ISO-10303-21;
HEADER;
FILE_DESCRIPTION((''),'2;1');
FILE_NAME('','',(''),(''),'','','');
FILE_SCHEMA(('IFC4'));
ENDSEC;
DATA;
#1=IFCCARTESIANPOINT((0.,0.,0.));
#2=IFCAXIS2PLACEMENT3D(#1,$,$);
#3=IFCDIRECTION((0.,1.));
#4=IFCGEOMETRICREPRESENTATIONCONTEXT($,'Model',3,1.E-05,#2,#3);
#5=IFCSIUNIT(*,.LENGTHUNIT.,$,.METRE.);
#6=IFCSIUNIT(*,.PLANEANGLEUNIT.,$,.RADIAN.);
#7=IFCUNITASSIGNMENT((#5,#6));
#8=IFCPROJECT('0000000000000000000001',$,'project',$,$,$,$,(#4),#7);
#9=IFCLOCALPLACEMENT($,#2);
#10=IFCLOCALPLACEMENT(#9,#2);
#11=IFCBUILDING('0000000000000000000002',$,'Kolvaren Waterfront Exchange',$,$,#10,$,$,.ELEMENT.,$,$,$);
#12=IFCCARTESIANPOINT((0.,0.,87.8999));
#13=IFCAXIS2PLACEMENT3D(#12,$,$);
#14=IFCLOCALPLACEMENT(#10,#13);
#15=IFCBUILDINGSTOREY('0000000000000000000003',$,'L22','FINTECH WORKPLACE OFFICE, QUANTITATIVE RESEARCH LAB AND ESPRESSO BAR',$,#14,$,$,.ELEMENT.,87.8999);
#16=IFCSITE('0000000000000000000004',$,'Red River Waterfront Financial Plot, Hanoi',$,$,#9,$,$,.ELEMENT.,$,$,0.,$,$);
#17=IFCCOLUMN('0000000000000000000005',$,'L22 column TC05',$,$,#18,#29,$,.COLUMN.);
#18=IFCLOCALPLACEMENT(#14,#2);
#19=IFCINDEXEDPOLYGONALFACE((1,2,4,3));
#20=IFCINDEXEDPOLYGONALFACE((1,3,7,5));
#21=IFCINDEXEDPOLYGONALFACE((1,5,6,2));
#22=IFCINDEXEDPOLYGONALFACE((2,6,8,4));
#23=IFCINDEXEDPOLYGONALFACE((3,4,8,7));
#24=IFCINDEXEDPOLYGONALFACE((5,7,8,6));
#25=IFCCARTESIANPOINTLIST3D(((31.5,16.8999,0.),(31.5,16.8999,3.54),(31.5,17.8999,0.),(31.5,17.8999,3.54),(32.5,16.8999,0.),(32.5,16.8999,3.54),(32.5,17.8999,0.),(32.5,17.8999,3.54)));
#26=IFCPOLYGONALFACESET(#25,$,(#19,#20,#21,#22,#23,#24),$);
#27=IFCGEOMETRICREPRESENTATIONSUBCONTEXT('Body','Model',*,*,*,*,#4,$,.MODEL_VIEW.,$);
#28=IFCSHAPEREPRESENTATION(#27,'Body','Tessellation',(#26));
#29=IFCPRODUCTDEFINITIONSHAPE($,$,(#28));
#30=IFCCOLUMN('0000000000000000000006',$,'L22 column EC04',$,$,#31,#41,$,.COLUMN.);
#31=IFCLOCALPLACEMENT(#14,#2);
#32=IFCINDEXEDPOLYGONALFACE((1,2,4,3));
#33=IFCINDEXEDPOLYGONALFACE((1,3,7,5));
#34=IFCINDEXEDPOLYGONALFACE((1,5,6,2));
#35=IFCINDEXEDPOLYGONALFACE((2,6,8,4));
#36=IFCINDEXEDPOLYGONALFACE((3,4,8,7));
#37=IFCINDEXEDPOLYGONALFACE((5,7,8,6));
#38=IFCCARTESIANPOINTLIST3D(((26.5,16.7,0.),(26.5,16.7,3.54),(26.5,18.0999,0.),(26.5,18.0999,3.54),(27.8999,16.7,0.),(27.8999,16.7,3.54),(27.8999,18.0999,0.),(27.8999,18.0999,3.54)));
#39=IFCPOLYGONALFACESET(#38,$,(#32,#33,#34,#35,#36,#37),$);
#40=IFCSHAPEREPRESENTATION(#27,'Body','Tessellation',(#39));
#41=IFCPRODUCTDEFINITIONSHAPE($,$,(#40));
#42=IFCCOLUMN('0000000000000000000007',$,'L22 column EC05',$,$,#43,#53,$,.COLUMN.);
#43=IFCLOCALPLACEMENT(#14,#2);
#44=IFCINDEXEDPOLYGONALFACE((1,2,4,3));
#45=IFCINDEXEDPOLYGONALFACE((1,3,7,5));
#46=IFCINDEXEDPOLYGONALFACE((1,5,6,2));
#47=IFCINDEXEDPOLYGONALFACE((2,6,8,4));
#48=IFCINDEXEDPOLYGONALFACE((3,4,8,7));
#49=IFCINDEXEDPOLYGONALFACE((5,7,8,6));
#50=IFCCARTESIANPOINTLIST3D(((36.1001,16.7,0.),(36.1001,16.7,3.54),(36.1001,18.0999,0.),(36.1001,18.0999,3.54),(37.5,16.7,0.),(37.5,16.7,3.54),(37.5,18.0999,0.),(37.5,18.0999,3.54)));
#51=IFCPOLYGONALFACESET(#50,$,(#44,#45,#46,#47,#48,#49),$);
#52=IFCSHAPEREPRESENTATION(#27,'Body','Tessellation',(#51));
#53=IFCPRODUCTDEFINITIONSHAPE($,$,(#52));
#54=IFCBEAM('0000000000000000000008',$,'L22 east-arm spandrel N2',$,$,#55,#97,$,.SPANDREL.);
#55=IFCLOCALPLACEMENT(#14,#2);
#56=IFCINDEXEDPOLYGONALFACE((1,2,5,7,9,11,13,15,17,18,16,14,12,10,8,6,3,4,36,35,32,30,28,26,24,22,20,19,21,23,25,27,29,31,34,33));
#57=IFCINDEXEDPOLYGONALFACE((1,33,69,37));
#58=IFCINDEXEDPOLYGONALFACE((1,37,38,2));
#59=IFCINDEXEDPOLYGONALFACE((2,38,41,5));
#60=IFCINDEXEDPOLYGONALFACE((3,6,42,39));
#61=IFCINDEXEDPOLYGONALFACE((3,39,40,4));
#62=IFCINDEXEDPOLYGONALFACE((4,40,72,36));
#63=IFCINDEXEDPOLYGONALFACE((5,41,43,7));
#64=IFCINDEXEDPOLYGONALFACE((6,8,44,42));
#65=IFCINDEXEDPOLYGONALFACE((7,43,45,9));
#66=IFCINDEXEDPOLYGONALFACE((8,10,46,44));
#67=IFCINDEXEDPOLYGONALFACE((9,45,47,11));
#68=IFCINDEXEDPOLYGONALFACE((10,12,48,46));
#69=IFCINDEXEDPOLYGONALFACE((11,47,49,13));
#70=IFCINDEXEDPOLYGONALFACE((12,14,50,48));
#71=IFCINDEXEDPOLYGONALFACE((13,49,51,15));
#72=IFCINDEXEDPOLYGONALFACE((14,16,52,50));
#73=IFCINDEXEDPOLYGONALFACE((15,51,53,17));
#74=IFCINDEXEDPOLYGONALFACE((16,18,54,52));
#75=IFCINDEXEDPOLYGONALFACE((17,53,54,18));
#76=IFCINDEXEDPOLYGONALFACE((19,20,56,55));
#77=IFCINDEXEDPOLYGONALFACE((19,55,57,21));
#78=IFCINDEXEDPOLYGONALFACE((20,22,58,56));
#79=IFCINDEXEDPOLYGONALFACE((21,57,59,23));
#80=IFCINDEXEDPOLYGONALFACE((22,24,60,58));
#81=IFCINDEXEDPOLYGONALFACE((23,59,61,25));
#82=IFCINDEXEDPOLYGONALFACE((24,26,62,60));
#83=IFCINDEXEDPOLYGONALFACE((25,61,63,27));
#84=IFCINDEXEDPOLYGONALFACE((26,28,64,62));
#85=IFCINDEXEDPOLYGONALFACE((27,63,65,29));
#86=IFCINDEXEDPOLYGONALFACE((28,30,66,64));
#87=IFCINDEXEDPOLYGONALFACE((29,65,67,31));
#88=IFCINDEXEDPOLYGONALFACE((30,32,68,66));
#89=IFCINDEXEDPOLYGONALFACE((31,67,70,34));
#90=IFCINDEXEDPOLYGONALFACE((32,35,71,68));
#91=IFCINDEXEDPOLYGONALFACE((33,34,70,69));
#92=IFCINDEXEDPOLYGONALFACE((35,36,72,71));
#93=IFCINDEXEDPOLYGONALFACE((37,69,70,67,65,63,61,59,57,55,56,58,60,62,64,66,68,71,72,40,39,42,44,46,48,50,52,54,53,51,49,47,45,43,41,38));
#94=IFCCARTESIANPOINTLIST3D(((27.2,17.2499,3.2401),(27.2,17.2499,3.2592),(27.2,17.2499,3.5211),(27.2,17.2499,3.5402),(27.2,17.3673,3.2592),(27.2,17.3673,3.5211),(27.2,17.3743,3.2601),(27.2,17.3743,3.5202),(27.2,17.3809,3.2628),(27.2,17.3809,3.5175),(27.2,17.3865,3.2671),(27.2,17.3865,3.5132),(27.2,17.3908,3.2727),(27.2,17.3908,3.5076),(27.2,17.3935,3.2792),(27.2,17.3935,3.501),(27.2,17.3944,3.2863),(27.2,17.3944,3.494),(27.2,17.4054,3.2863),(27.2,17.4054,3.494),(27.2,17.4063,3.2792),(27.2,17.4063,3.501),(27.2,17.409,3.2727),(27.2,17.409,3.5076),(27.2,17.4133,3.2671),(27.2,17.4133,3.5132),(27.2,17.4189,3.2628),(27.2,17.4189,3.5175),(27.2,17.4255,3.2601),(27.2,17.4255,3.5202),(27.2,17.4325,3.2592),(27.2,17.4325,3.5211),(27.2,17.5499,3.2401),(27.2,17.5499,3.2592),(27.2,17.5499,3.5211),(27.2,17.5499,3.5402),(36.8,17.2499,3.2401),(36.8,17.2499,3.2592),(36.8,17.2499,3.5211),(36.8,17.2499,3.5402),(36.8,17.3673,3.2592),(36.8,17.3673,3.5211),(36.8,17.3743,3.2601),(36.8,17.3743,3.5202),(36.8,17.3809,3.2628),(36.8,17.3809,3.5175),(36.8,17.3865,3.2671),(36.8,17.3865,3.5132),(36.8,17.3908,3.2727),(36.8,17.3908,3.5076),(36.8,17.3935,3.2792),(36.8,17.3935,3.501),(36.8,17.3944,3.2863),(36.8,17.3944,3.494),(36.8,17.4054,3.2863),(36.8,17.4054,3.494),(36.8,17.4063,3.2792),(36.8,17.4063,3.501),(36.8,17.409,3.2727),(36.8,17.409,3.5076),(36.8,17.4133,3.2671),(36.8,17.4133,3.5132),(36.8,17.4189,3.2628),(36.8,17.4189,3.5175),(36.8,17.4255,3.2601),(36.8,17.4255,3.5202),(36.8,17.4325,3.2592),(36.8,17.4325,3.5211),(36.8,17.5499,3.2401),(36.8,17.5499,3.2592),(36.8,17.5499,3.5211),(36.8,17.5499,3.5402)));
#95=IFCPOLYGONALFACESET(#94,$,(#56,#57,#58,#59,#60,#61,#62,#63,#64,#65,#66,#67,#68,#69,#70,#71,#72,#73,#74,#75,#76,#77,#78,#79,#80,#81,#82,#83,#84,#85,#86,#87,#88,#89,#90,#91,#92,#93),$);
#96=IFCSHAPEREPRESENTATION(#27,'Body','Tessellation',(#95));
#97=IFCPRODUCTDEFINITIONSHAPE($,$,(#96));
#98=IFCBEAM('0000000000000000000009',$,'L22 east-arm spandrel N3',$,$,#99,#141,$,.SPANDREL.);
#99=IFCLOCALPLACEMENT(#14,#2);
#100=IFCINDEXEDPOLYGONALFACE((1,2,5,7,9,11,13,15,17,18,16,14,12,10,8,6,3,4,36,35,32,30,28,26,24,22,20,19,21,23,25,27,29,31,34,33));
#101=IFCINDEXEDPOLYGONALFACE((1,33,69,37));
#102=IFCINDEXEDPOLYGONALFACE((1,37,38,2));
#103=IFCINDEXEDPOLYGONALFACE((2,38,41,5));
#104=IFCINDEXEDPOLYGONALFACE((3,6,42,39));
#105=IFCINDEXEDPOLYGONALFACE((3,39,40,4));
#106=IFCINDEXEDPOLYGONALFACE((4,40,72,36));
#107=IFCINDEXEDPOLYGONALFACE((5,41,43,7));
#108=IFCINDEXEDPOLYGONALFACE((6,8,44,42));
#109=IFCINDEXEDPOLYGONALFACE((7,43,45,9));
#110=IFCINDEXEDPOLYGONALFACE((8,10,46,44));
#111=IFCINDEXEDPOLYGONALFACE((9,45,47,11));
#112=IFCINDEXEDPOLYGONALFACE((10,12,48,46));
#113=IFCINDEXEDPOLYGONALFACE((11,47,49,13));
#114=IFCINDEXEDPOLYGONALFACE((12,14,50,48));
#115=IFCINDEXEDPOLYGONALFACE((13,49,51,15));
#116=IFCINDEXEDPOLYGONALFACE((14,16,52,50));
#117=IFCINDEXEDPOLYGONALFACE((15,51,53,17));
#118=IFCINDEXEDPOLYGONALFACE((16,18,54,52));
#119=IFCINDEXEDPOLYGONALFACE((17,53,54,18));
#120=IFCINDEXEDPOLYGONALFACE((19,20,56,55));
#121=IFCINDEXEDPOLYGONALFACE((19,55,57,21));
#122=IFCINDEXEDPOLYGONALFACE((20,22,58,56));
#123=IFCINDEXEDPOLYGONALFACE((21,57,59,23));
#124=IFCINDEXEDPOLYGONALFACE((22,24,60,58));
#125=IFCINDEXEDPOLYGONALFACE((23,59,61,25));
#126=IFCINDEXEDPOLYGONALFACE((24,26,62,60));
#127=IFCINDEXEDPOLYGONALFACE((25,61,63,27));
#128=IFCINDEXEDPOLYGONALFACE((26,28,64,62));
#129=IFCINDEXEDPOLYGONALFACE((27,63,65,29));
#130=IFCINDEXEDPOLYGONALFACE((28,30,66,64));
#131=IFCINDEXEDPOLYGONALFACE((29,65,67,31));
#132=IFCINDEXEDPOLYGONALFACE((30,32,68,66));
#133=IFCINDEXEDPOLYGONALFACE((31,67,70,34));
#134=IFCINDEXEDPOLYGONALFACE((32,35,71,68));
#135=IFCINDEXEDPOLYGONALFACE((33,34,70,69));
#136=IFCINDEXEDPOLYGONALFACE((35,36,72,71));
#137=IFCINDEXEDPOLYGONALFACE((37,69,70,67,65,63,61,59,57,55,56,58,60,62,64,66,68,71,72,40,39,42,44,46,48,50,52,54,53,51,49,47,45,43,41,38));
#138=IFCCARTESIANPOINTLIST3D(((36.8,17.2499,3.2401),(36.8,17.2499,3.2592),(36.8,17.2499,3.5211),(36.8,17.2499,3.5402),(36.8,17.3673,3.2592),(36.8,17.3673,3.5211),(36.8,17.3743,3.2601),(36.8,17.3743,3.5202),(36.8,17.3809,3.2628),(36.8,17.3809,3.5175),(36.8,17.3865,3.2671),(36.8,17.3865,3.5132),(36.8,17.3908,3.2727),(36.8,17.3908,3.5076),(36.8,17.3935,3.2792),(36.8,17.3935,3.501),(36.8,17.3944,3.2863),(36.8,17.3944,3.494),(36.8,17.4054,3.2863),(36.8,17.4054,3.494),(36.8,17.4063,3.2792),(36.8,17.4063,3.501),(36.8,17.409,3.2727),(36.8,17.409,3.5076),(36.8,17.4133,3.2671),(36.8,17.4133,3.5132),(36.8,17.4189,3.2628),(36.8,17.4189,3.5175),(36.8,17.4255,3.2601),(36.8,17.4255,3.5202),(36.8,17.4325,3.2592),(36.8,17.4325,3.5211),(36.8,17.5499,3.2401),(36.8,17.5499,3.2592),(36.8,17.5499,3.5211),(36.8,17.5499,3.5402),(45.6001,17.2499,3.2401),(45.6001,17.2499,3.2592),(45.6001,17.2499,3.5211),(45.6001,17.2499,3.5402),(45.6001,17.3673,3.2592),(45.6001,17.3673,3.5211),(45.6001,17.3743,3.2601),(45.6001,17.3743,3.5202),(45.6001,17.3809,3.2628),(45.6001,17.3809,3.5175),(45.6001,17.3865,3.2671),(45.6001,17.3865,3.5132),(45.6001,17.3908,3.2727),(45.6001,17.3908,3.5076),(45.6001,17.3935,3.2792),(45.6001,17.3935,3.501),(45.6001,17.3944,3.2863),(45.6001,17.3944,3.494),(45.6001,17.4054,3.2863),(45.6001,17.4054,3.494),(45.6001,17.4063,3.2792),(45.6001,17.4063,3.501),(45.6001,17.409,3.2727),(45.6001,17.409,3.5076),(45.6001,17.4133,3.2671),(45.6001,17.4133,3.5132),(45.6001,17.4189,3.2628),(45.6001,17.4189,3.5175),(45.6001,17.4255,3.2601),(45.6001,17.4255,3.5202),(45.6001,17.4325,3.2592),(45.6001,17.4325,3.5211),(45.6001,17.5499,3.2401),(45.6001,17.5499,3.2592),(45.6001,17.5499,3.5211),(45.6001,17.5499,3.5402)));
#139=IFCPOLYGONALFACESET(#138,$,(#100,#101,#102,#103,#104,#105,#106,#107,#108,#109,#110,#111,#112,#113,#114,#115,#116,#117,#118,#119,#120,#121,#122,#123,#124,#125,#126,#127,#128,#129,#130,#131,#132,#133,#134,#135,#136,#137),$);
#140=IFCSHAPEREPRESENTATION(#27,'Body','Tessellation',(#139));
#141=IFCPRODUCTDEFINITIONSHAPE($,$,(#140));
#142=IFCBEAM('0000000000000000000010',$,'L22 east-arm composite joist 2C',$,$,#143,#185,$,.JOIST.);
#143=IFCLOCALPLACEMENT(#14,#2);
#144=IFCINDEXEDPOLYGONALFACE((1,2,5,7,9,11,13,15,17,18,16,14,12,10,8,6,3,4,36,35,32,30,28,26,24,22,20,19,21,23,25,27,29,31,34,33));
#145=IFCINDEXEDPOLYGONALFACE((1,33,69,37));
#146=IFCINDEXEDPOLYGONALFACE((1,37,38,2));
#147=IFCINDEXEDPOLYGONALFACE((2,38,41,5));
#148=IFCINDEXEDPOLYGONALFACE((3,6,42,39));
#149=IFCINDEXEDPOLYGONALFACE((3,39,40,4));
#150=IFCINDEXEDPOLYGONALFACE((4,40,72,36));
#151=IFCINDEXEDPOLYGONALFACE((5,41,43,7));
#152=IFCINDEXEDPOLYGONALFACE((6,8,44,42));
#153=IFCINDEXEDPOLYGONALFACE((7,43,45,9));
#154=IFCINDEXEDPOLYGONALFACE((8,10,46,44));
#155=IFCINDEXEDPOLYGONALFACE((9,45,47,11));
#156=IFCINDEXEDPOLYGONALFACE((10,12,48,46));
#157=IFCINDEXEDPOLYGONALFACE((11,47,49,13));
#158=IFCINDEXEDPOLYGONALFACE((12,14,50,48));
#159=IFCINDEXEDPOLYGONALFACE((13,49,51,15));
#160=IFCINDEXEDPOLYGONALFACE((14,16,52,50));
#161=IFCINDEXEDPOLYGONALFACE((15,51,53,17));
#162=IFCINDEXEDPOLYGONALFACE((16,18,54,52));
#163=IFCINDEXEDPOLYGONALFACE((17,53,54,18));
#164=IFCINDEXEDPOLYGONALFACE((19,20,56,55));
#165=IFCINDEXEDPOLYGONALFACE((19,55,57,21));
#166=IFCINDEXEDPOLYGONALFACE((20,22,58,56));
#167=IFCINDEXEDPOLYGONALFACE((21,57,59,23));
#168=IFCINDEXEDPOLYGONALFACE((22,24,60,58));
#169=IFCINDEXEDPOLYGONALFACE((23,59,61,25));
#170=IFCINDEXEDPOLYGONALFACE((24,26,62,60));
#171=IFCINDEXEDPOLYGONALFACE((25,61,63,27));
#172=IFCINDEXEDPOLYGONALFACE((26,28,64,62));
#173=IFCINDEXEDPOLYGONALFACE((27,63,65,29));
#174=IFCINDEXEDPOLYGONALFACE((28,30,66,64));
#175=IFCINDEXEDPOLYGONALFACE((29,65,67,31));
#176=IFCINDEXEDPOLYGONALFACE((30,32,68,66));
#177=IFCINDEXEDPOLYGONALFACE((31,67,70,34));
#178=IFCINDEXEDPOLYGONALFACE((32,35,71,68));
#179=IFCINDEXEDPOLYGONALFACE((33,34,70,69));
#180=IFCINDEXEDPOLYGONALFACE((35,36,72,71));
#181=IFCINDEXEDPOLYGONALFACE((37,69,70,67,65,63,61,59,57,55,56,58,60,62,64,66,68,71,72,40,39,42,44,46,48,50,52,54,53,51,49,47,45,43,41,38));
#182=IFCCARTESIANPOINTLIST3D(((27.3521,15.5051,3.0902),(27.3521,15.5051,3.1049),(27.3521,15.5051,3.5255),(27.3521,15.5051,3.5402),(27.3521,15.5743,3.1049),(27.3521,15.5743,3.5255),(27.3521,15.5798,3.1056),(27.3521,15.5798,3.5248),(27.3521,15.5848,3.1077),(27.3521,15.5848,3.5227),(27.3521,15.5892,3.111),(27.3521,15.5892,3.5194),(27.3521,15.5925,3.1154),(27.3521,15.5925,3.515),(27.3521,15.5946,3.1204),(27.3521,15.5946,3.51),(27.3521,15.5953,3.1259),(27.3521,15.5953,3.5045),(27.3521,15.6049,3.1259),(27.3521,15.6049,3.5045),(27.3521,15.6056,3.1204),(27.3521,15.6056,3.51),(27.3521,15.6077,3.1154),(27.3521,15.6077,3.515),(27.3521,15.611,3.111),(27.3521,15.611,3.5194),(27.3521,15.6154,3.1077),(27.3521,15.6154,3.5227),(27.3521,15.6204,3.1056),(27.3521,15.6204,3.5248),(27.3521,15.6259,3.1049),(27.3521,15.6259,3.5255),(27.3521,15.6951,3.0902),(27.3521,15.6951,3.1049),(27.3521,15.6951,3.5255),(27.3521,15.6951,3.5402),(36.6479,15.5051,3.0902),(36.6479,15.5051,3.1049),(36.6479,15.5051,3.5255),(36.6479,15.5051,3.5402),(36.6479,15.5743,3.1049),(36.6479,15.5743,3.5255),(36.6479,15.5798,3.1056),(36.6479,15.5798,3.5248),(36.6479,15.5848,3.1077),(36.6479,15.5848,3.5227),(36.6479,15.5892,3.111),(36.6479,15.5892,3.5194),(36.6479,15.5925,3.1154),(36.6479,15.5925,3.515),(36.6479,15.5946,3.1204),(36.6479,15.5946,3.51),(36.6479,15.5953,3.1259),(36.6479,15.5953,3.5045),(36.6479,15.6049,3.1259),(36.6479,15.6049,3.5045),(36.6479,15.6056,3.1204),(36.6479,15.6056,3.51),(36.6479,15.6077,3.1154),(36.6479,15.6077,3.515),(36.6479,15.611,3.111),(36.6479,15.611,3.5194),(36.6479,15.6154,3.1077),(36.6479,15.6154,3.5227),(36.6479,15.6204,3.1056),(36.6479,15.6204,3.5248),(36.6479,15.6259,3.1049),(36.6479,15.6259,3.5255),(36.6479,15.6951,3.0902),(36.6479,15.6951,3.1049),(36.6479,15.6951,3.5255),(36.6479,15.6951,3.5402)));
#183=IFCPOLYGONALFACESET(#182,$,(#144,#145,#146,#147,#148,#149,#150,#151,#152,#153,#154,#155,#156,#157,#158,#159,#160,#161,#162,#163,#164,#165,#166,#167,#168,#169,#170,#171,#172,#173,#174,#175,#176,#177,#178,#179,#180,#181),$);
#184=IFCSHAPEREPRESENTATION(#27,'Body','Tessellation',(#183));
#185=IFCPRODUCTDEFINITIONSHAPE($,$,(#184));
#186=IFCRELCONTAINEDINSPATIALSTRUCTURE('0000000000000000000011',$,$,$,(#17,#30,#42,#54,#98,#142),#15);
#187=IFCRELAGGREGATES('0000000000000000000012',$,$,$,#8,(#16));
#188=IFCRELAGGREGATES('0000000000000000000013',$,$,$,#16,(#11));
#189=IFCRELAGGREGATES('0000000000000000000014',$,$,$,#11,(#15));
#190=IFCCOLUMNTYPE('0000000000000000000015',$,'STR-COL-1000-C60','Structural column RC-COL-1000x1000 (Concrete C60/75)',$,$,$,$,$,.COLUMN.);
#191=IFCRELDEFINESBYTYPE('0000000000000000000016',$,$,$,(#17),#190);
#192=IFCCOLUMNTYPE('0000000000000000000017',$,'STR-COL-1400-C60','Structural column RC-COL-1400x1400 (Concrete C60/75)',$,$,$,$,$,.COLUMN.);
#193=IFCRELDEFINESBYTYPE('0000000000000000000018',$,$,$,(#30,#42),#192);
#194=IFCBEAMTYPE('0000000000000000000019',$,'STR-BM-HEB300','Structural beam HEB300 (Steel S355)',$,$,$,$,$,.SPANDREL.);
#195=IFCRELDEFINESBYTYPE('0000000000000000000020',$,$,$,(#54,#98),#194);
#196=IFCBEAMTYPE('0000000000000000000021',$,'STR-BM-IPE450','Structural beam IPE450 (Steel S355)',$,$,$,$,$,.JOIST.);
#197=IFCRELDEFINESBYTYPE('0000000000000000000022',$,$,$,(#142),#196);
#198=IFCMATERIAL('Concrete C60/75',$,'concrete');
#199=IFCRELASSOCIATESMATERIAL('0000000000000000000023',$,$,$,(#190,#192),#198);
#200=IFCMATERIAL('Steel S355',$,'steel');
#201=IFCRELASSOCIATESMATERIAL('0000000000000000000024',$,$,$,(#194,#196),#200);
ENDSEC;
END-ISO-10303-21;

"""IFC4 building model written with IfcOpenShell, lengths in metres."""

from ifc_helpers import new_model, si_unit, direction, frame, origin, origin_2d, place, context, subcontext, project, spatial, rectangle, i_section, extrude, material, material_profile, profile_set, type_object, element, save


model = new_model("IFC4")

# Units and contexts
model_context = context("Model", 3, precision=1e-05, world=origin(), true_north=direction((0.0, 1.0)))
body_context = subcontext(model_context, "Body", "Model", "MODEL_VIEW")
ifc_project = project(units=[si_unit("LENGTHUNIT", "METRE"), si_unit("PLANEANGLEUNIT", "RADIAN")], contexts=[model_context])

# Site, building, storey
site_placement = place(None, origin())
site = spatial("IfcSite", under=ifc_project, at=site_placement, Name="Red River Waterfront Financial Plot, Hanoi", CompositionType="ELEMENT", RefElevation=0.0)
building_placement = place(site_placement, origin())
building = spatial("IfcBuilding", under=site, at=building_placement, Name="Kolvaren Waterfront Exchange", CompositionType="ELEMENT")
storey_placement = place(building_placement, frame((0.0, 0.0, 87.8999)))
storey = spatial("IfcBuildingStorey", under=building, at=storey_placement, Name="L22", Description="FINTECH WORKPLACE OFFICE, QUANTITATIVE RESEARCH LAB AND ESPRESSO BAR", CompositionType="ELEMENT", Elevation=87.8999)

# Columns
ifc_material_1 = material(Name="Concrete C60/75", Category="concrete")
ifc_material_profile_1 = material_profile(ifc_material_1, rectangle(XDim=1.0, YDim=1.0, at=origin_2d()), Name="RC-COL-1000x1000")
ifc_profile_set_1 = profile_set([ifc_material_profile_1], Name="Concrete C60/75")
column_type_1 = type_object("IfcColumnType", Name="STR-COL-1000-C60", Description="Structural column RC-COL-1000x1000 (Concrete C60/75)", PredefinedType="COLUMN", material=ifc_profile_set_1)
column_placement = place(storey_placement, frame((32.0, 17.3999, 0.0), z_axis=(0.0, 0.0, 1.0), x_axis=(1.0, 0.0, 0.0)))
element("IfcColumn", 1, at=column_placement, inside=storey, type_object=column_type_1, Name="L22 column TC05", PredefinedType="COLUMN", context=body_context, shape_type="SweptSolid", body=[
    extrude(rectangle(XDim=1.0, YDim=1.0, at=origin_2d()), origin(), (0.0, 0.0, 1.0), 3.54),
])
ifc_material_profile_2 = material_profile(ifc_material_1, rectangle(XDim=1.3999, YDim=1.3999, at=origin_2d()), Name="RC-COL-1400x1400")
ifc_profile_set_2 = profile_set([ifc_material_profile_2], Name="Concrete C60/75")
column_type_2 = type_object("IfcColumnType", Name="STR-COL-1400-C60", Description="Structural column RC-COL-1400x1400 (Concrete C60/75)", PredefinedType="COLUMN", material=ifc_profile_set_2)
for number, where, z_axis, x_axis, name in (
    (2, (27.2, 17.3999, 0.0), (0.0, 0.0, 1.0), (1.0, 0.0, 0.0), "L22 column EC04"),
    (3, (36.8, 17.3999, 0.0), (0.0, 0.0, 1.0), (1.0, 0.0, 0.0), "L22 column EC05"),
):
    element("IfcColumn", number, at=place(storey_placement, frame(where, z_axis=z_axis, x_axis=x_axis)), inside=storey, type_object=column_type_2, Name=name, PredefinedType="COLUMN", context=body_context, shape_type="SweptSolid", body=[
        extrude(rectangle(XDim=1.3999, YDim=1.3999, at=origin_2d()), origin(), (0.0, 0.0, 1.0), 3.54),
    ])

# Beams
ifc_material_2 = material(Name="Steel S355", Category="steel")
ifc_material_profile_3 = material_profile(ifc_material_2, i_section(OverallWidth=0.3, OverallDepth=0.3, WebThickness=0.011, FlangeThickness=0.019, FilletRadius=0.0271, at=origin_2d()), Name="HEB300")
ifc_profile_set_3 = profile_set([ifc_material_profile_3], Name="Steel S355")
beam_type_1 = type_object("IfcBeamType", Name="STR-BM-HEB300", Description="Structural beam HEB300 (Steel S355)", PredefinedType="SPANDREL", material=ifc_profile_set_3)
beam_1_placement = place(storey_placement, frame((27.2, 17.3999, 3.3901), z_axis=(1.0, 0.0, 0.0), x_axis=(0.0, 1.0, 0.0)))
element("IfcBeam", 4, at=beam_1_placement, inside=storey, type_object=beam_type_1, Name="L22 east-arm spandrel N2", PredefinedType="SPANDREL", context=body_context, shape_type="SweptSolid", body=[
    extrude(i_section(OverallWidth=0.3, OverallDepth=0.3, WebThickness=0.011, FlangeThickness=0.019, FilletRadius=0.0271, at=origin_2d()), origin(), (0.0, 0.0, 1.0), 9.6001),
])
beam_2_placement = place(storey_placement, frame((36.8, 17.3999, 3.3901), z_axis=(1.0, 0.0, 0.0), x_axis=(0.0, 1.0, 0.0)))
element("IfcBeam", 5, at=beam_2_placement, inside=storey, type_object=beam_type_1, Name="L22 east-arm spandrel N3", PredefinedType="SPANDREL", context=body_context, shape_type="SweptSolid", body=[
    extrude(i_section(OverallWidth=0.3, OverallDepth=0.3, WebThickness=0.011, FlangeThickness=0.019, FilletRadius=0.0271, at=origin_2d()), origin(), (0.0, 0.0, 1.0), 8.8),
])
ifc_material_profile_4 = material_profile(ifc_material_2, i_section(OverallWidth=0.1899, OverallDepth=0.45, WebThickness=0.0095, FlangeThickness=0.0146, FilletRadius=0.021, at=origin_2d()), Name="IPE450")
ifc_profile_set_4 = profile_set([ifc_material_profile_4], Name="Steel S355")
beam_type_2 = type_object("IfcBeamType", Name="STR-BM-IPE450", Description="Structural beam IPE450 (Steel S355)", PredefinedType="JOIST", material=ifc_profile_set_4)
beam_3_placement = place(storey_placement, frame((27.3521, 15.6001, 3.3152), z_axis=(1.0, 0.0, 0.0), x_axis=(0.0, 1.0, 0.0)))
element("IfcBeam", 6, at=beam_3_placement, inside=storey, type_object=beam_type_2, Name="L22 east-arm composite joist 2C", PredefinedType="JOIST", context=body_context, shape_type="SweptSolid", body=[
    extrude(i_section(OverallWidth=0.1899, OverallDepth=0.45, WebThickness=0.0095, FlangeThickness=0.0146, FilletRadius=0.021, at=origin_2d()), origin(), (0.0, 0.0, 1.0), 9.2959),
])

save(model, "model.ifc")
